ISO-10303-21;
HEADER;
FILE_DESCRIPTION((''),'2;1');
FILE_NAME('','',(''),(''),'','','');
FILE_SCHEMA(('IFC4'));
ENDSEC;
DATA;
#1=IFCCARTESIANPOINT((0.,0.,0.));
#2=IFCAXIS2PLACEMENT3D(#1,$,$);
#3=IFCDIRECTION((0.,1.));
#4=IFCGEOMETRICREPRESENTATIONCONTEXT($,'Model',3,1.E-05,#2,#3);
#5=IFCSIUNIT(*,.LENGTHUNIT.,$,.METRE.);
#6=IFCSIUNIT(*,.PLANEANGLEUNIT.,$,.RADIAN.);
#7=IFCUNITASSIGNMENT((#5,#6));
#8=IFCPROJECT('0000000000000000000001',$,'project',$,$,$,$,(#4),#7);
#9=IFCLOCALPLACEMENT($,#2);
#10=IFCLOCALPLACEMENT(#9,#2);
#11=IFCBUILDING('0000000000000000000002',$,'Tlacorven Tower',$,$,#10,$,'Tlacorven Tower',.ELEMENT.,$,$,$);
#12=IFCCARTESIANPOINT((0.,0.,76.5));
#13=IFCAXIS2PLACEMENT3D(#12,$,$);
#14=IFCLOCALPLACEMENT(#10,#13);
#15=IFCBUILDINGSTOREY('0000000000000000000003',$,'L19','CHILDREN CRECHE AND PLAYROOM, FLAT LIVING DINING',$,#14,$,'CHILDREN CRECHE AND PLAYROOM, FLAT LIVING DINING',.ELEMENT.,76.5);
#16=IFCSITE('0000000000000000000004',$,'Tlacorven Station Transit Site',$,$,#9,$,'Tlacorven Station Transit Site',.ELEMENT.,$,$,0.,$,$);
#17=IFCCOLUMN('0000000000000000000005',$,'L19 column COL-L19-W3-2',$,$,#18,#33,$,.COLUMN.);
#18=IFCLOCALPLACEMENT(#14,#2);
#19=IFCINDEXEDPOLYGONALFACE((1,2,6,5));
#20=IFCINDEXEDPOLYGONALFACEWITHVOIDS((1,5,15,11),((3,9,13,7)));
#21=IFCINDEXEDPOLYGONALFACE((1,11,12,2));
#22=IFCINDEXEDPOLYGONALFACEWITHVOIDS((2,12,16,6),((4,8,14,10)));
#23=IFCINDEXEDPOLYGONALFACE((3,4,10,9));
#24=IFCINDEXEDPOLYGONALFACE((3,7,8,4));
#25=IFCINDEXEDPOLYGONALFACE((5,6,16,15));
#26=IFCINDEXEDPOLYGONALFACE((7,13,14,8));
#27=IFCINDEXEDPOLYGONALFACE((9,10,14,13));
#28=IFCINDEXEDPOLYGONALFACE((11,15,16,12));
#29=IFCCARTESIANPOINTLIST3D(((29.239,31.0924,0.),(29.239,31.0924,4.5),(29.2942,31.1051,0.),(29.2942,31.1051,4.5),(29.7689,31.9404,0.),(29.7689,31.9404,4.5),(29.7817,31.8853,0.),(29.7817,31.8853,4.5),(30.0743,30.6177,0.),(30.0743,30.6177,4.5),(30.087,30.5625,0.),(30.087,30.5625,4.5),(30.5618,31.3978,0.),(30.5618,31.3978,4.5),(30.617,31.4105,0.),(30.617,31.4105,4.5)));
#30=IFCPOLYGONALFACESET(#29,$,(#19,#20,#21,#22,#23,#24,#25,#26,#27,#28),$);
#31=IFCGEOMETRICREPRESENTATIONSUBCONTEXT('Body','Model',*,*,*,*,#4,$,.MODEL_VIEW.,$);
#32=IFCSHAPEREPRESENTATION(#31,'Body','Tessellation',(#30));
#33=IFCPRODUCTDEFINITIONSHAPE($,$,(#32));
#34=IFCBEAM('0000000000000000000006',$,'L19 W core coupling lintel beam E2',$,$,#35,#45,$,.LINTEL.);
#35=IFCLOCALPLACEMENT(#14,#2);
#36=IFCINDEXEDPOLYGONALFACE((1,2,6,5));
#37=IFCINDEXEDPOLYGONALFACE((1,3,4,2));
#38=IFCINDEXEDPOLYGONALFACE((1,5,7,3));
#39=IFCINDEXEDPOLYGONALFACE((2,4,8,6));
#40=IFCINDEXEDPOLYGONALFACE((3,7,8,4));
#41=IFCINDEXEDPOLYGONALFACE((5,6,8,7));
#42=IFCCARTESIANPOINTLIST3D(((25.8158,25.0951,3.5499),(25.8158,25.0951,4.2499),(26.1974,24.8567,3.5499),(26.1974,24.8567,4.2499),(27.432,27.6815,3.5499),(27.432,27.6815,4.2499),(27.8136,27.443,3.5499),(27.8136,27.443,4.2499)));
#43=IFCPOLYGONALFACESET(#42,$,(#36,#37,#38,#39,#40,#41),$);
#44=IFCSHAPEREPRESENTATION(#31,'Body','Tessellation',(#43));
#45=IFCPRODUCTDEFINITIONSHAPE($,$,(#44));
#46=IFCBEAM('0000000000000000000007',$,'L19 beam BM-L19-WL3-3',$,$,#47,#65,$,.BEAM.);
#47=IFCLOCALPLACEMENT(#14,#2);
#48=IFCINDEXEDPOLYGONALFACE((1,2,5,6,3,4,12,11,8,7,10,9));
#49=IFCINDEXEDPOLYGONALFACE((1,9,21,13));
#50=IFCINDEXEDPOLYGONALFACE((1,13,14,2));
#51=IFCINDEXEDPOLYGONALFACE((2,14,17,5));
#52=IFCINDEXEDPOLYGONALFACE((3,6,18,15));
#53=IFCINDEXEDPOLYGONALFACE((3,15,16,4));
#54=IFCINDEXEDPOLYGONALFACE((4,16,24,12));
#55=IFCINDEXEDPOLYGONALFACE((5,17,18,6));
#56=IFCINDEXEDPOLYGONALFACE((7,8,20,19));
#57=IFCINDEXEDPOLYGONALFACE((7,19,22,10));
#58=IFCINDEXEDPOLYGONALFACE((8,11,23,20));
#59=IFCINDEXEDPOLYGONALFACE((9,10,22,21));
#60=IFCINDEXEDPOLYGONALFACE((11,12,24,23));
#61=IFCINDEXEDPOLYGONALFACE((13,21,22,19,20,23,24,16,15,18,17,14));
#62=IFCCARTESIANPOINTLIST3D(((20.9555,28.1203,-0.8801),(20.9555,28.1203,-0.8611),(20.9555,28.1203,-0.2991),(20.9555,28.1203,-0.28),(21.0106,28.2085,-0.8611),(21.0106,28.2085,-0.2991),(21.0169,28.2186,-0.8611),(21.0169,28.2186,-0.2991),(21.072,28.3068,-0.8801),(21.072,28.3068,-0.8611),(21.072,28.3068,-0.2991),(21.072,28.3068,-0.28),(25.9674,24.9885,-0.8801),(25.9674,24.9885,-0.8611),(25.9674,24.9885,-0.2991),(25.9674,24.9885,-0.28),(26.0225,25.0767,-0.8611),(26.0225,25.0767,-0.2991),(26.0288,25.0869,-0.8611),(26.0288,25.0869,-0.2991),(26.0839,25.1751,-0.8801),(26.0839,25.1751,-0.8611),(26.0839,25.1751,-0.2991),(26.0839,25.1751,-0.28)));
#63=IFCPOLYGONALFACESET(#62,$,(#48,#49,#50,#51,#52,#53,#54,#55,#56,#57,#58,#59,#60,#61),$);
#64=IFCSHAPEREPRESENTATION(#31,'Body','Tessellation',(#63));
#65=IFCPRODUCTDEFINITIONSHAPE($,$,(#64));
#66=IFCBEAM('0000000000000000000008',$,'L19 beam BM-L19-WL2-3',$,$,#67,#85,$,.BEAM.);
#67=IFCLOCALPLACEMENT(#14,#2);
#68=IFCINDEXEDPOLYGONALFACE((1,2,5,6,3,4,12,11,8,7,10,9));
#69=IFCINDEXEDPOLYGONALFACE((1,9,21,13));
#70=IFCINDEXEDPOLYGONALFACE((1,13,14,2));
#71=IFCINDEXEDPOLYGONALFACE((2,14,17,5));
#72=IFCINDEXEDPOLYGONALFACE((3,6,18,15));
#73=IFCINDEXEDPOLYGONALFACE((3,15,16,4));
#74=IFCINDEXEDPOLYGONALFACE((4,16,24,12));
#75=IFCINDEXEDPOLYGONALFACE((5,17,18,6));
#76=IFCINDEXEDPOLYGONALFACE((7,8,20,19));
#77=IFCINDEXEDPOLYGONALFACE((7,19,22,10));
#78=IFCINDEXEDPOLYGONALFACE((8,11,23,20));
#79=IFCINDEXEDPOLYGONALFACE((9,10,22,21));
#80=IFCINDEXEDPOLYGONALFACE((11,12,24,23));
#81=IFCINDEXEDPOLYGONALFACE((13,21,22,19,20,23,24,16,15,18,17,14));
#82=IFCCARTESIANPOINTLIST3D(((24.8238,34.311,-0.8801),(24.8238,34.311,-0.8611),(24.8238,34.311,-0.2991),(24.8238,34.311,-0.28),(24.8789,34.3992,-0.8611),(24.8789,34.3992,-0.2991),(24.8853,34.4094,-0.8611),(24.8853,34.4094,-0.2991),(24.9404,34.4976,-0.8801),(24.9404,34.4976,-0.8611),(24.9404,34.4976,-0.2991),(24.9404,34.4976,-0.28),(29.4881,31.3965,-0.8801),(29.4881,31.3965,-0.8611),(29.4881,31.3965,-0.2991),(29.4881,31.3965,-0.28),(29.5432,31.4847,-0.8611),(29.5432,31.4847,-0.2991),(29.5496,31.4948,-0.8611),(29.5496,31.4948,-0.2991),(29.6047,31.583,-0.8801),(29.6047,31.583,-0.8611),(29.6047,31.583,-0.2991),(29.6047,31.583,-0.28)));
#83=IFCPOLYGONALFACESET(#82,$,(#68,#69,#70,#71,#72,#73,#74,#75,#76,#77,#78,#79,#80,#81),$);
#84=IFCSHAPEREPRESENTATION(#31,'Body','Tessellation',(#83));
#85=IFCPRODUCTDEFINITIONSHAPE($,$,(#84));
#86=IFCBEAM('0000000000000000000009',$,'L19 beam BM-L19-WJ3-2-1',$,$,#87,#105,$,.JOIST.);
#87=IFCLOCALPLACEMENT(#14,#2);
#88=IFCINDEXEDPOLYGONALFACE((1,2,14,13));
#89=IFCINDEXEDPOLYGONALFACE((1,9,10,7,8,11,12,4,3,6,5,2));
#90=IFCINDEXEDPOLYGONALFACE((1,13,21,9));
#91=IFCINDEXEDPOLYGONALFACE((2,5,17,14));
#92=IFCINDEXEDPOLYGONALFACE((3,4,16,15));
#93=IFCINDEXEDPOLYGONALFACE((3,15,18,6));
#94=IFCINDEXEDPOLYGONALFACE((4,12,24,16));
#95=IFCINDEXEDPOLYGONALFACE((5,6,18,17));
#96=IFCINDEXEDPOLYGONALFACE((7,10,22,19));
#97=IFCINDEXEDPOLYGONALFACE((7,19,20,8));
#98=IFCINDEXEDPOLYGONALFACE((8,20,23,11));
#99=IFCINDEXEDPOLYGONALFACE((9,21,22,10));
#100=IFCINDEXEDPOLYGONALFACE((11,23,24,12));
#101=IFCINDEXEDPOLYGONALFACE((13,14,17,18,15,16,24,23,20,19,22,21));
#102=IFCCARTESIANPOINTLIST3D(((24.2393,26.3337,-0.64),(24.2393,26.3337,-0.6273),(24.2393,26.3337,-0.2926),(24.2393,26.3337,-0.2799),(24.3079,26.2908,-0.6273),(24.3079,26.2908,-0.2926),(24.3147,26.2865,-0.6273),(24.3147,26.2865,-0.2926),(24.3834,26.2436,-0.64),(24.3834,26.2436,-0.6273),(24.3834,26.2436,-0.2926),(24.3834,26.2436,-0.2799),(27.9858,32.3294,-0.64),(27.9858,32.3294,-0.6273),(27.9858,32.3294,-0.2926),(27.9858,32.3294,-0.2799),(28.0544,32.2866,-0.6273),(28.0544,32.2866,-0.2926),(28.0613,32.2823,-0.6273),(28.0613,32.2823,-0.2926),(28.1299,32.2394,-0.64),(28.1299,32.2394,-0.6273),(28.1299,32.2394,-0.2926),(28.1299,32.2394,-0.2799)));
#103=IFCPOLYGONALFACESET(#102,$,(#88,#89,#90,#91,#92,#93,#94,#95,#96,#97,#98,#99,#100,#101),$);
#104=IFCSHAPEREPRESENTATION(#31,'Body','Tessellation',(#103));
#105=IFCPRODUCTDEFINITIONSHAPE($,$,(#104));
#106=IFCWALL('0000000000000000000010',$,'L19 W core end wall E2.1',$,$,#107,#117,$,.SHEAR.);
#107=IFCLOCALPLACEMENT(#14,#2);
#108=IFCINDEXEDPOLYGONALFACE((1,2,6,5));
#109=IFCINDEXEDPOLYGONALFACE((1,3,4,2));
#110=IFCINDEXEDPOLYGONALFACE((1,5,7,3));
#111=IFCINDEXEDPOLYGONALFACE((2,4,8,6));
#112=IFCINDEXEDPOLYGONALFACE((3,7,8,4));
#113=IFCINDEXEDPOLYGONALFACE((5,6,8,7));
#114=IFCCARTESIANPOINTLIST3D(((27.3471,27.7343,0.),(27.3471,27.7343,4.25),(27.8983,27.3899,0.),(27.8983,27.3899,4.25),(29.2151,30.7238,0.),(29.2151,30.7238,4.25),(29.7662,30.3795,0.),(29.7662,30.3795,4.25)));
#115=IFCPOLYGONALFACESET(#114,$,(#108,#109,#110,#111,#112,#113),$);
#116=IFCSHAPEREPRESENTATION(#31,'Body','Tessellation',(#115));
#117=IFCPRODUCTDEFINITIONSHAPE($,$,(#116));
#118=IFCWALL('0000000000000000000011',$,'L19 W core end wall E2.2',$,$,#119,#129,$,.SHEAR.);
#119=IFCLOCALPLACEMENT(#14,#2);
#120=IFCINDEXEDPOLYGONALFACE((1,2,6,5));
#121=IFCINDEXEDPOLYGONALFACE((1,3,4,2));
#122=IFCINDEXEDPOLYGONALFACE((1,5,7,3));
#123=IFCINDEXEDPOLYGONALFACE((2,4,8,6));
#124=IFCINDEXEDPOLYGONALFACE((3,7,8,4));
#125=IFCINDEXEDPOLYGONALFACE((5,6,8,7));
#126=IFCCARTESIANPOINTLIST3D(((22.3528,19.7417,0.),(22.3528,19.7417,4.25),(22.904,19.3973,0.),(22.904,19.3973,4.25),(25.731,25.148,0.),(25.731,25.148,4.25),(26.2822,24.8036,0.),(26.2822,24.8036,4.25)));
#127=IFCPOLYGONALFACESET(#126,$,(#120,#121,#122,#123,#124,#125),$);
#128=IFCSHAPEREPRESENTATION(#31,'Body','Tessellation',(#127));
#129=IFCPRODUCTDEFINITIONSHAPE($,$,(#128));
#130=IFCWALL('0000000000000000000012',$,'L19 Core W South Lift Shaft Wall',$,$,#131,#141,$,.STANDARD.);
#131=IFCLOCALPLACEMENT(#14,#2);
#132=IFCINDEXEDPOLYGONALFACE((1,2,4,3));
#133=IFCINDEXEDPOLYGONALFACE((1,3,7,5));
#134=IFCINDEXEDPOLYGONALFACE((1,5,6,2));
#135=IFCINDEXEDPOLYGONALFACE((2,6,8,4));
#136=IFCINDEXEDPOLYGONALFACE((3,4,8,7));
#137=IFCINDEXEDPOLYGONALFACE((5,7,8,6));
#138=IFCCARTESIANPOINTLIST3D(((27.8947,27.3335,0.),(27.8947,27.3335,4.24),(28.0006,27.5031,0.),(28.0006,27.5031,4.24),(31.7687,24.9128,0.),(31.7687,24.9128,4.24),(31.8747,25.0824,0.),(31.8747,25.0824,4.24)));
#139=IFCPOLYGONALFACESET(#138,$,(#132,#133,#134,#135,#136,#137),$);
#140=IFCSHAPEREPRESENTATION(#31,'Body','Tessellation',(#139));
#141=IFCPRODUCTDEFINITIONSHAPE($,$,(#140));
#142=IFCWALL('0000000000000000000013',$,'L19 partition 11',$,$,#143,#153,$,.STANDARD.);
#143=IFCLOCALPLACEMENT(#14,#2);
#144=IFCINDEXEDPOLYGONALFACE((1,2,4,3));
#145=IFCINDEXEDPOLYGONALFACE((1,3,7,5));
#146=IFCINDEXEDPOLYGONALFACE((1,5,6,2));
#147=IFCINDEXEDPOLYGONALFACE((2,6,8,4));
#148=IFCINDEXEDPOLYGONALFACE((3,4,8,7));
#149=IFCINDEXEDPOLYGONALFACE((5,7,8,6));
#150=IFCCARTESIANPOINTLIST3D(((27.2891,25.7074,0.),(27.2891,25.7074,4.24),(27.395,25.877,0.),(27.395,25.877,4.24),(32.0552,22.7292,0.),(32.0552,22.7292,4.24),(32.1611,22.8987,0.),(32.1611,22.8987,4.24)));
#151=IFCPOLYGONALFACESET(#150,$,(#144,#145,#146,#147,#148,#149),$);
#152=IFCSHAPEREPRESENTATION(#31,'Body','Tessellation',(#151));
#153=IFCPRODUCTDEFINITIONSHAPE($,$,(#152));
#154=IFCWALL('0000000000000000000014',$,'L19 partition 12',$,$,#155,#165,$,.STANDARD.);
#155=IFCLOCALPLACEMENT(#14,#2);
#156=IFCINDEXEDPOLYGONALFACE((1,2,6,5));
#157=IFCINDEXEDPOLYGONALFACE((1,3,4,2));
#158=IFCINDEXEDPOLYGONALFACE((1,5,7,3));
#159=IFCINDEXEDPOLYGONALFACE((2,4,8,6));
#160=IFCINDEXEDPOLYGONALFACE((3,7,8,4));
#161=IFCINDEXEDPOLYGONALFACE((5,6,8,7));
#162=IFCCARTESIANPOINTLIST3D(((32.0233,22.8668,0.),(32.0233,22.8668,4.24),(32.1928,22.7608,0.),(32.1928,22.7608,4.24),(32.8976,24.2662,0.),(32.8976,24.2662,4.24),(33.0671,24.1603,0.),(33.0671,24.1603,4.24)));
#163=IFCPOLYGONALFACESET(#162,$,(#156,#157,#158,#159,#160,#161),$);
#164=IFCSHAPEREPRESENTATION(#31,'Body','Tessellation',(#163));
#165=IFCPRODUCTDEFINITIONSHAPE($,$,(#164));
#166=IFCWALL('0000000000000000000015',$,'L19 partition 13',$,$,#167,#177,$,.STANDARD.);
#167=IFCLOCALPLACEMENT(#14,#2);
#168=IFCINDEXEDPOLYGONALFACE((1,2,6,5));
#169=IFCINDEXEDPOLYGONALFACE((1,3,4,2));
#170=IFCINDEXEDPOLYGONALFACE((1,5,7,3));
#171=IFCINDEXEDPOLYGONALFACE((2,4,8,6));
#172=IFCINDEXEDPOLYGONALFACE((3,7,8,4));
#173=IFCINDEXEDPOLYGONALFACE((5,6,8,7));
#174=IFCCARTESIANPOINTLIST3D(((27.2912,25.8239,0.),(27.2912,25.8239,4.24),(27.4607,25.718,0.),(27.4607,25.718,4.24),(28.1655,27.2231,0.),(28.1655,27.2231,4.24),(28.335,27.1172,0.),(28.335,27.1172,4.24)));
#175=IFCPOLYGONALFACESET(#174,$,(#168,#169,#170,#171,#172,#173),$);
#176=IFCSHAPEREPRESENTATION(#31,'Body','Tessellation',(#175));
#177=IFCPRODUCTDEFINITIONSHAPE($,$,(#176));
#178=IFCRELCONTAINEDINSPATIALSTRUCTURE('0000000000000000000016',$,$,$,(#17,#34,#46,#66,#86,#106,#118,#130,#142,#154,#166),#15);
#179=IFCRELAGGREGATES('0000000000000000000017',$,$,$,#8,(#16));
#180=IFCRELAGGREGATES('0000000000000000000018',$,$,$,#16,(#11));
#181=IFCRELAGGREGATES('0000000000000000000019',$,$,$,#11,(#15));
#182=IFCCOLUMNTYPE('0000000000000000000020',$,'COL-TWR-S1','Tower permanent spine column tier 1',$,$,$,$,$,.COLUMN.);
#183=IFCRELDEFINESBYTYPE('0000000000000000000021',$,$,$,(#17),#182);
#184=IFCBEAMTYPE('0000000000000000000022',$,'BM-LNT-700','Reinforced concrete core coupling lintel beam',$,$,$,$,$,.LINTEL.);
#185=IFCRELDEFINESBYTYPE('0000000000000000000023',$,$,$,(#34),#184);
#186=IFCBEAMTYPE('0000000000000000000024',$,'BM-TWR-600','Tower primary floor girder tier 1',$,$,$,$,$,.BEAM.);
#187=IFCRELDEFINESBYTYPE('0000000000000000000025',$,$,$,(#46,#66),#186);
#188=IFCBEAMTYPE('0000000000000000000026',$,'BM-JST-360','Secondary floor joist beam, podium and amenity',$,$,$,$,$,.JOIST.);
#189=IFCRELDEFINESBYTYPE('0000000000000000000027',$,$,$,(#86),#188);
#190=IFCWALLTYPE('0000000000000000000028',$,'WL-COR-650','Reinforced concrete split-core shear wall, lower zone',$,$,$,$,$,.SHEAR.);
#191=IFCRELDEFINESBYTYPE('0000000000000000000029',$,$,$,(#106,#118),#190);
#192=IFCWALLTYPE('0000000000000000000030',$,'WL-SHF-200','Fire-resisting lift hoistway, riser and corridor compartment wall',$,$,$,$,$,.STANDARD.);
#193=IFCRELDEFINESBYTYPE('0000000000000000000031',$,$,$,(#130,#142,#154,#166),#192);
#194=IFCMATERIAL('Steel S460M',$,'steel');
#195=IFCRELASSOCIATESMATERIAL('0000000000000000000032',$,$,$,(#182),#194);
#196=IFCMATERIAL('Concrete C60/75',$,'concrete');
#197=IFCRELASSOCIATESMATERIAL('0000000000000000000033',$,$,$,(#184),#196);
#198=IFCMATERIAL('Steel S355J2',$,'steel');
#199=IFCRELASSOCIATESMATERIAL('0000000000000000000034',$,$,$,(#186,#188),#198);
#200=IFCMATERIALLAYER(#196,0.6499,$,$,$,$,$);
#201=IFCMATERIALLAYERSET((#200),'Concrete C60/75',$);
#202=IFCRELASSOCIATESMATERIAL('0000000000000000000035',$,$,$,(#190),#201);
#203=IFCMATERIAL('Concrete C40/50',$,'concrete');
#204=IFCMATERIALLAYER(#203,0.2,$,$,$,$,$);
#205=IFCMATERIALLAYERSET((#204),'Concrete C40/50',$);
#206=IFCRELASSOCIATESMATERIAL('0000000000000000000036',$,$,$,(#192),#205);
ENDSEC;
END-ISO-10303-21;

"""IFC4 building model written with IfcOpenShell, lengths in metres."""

from ifc_helpers import new_model, si_unit, direction, frame, frame_2d, origin, origin_2d, place, context, subcontext, project, spatial, rectangle, hollow_rectangle, i_section, extrude, source, transform, mapped, material, layer, layer_set, material_profile, profile_set, type_object, element, save


model = new_model("IFC4")

# Units and contexts
model_context = context("Model", 3, precision=1e-05, world=origin(), true_north=direction((0.0, 1.0)))
body_context = subcontext(model_context, "Body", "Model", "MODEL_VIEW")
ifc_project = project(units=[si_unit("LENGTHUNIT", "METRE"), si_unit("PLANEANGLEUNIT", "RADIAN")], contexts=[model_context])

# Site, building, storey
site_placement = place(None, origin())
site = spatial("IfcSite", under=ifc_project, at=site_placement, Name="Tlacorven Station Transit Site", LongName="Tlacorven Station Transit Site", CompositionType="ELEMENT", RefElevation=0.0)
building_placement = place(site_placement, origin())
building = spatial("IfcBuilding", under=site, at=building_placement, Name="Tlacorven Tower", LongName="Tlacorven Tower", CompositionType="ELEMENT")
storey_placement = place(building_placement, frame((0.0, 0.0, 76.5)))
storey = spatial("IfcBuildingStorey", under=building, at=storey_placement, Name="L19", Description="CHILDREN CRECHE AND PLAYROOM, FLAT LIVING DINING", LongName="CHILDREN CRECHE AND PLAYROOM, FLAT LIVING DINING", CompositionType="ELEMENT", Elevation=76.5)

# Column
ifc_material_1 = material(Name="Steel S460M", Category="steel")
ifc_material_profile_1 = material_profile(ifc_material_1, hollow_rectangle(XDim=1.0, YDim=1.0, WallThickness=0.04, at=origin_2d()), Name="BOX 1000X1000X40")
ifc_profile_set_1 = profile_set([ifc_material_profile_1], Name="Steel S460M")
column_type = type_object("IfcColumnType", Name="COL-TWR-S1", Description="Tower permanent spine column tier 1", PredefinedType="COLUMN", material=ifc_profile_set_1)
shared_shape_1 = source(origin(), body_context, "Body", "SweptSolid", [
    extrude(hollow_rectangle(XDim=1.0, YDim=1.0, WallThickness=0.04, at=origin_2d()), origin(), (0.0, 0.0, 1.0), 4.5),
])
column_placement = place(storey_placement, frame((29.928, 31.2515, 0.0), z_axis=(0.0, 0.0, 1.0), x_axis=(-0.848048, 0.529919, 0.0)))
element("IfcColumn", 1, at=column_placement, inside=storey, type_object=column_type, Name="L19 column COL-L19-W3-2", PredefinedType="COLUMN", context=body_context, shape_type="MappedRepresentation", body=[
    mapped(shared_shape_1, transform((0.0, 0.0, 0.0), scale=1.0)),
])

# Beams
ifc_material_2 = material(Name="Concrete C60/75", Category="concrete")
ifc_material_profile_2 = material_profile(ifc_material_2, rectangle(XDim=0.45, YDim=0.7, at=origin_2d()), Name="RC 450X700")
ifc_profile_set_2 = profile_set([ifc_material_profile_2], Name="Concrete C60/75")
beam_type_1 = type_object("IfcBeamType", Name="BM-LNT-700", Description="Reinforced concrete core coupling lintel beam", PredefinedType="LINTEL", material=ifc_profile_set_2)
shared_shape_2 = source(origin(), body_context, "Body", "SweptSolid", [
    extrude(rectangle(XDim=0.45, YDim=0.7, at=origin_2d()), origin(), (0.0, 0.0, 1.0), 3.0498),
])
beam_1_placement = place(storey_placement, frame((27.6228, 27.5623, 3.8999), z_axis=(-0.529927, -0.848043, 0.0), x_axis=(0.848043, -0.529927, 0.0)))
element("IfcBeam", 2, at=beam_1_placement, inside=storey, type_object=beam_type_1, Name="L19 W core coupling lintel beam E2", PredefinedType="LINTEL", context=body_context, shape_type="MappedRepresentation", body=[
    mapped(shared_shape_2, transform((0.0, 0.0, 0.0), scale=1.0)),
])
ifc_material_3 = material(Name="Steel S355J2", Category="steel")
ifc_material_profile_3 = material_profile(ifc_material_3, i_section(OverallWidth=0.22, OverallDepth=0.6001, WebThickness=0.012, FlangeThickness=0.019, at=origin_2d()), Name="IPE 600")
ifc_profile_set_3 = profile_set([ifc_material_profile_3], Name="Steel S355J2")
beam_type_2 = type_object("IfcBeamType", Name="BM-TWR-600", Description="Tower primary floor girder tier 1", PredefinedType="BEAM", material=ifc_profile_set_3)
shared_shape_3 = source(origin(), body_context, "Body", "SweptSolid", [
    extrude(i_section(OverallWidth=0.22, OverallDepth=0.6001, WebThickness=0.012, FlangeThickness=0.019, at=origin_2d()), origin(), (0.0, 0.0, 1.0), 5.9099),
])
beam_2_placement = place(storey_placement, frame((26.0256, 25.0818, -0.5801), z_axis=(-0.848047, 0.529921, 0.0), x_axis=(-0.529921, -0.848047, 0.0)))
element("IfcBeam", 3, at=beam_2_placement, inside=storey, type_object=beam_type_2, Name="L19 beam BM-L19-WL3-3", PredefinedType="BEAM", context=body_context, shape_type="MappedRepresentation", body=[
    mapped(shared_shape_3, transform((0.0, 0.0, 0.0), scale=1.0)),
])
shared_shape_4 = source(origin(), body_context, "Body", "SweptSolid", [
    extrude(i_section(OverallWidth=0.22, OverallDepth=0.6001, WebThickness=0.012, FlangeThickness=0.019, at=origin_2d()), origin(), (0.0, 0.0, 1.0), 5.5),
])
beam_3_placement = place(storey_placement, frame((29.5464, 31.4897, -0.5801), z_axis=(-0.848051, 0.529915, 0.0), x_axis=(-0.529915, -0.848051, 0.0)))
element("IfcBeam", 4, at=beam_3_placement, inside=storey, type_object=beam_type_2, Name="L19 beam BM-L19-WL2-3", PredefinedType="BEAM", context=body_context, shape_type="MappedRepresentation", body=[
    mapped(shared_shape_4, transform((0.0, 0.0, 0.0), scale=1.0)),
])
ifc_material_profile_4 = material_profile(ifc_material_3, i_section(OverallWidth=0.1699, OverallDepth=0.3601, WebThickness=0.0081, FlangeThickness=0.0127, at=origin_2d()), Name="IPE 360")
ifc_profile_set_4 = profile_set([ifc_material_profile_4], Name="Steel S355J2")
beam_type_3 = type_object("IfcBeamType", Name="BM-JST-360", Description="Secondary floor joist beam, podium and amenity", PredefinedType="JOIST", material=ifc_profile_set_4)
shared_shape_5 = source(origin(), body_context, "Body", "SweptSolid", [
    extrude(i_section(OverallWidth=0.1699, OverallDepth=0.3601, WebThickness=0.0081, FlangeThickness=0.0127, at=origin_2d()), origin(), (0.0, 0.0, 1.0), 7.0701),
])
beam_4_placement = place(storey_placement, frame((28.0579, 32.2844, -0.46), z_axis=(-0.529915, -0.848051, 0.0), x_axis=(0.848051, -0.529915, 0.0)))
element("IfcBeam", 5, at=beam_4_placement, inside=storey, type_object=beam_type_3, Name="L19 beam BM-L19-WJ3-2-1", PredefinedType="JOIST", context=body_context, shape_type="MappedRepresentation", body=[
    mapped(shared_shape_5, transform((0.0, 0.0, 0.0), scale=1.0)),
])

# Walls
ifc_layer_1 = layer(ifc_material_2, 0.6499)
ifc_layer_set_1 = layer_set([ifc_layer_1], Name="Concrete C60/75")
wall_type_1 = type_object("IfcWallType", Name="WL-COR-650", Description="Reinforced concrete split-core shear wall, lower zone", PredefinedType="SHEAR", material=ifc_layer_set_1)
wall_1_placement = place(storey_placement, frame((29.4907, 30.5518, 0.0), z_axis=(0.0, 0.0, 1.0), x_axis=(-0.529893, -0.848064, 0.0)))
element("IfcWall", 6, at=wall_1_placement, inside=storey, type_object=wall_type_1, Name="L19 W core end wall E2.1", PredefinedType="SHEAR", context=body_context, shape_type="SweptSolid", body=[
    extrude(rectangle(XDim=3.5251, YDim=0.6499, at=frame_2d((1.7627, 0.0))), origin(), (0.0, 0.0, 1.0), 4.25),
])
wall_2_placement = place(storey_placement, frame((26.0066, 24.9758, 0.0), z_axis=(0.0, 0.0, 1.0), x_axis=(-0.529916, -0.84805, 0.0)))
element("IfcWall", 7, at=wall_2_placement, inside=storey, type_object=wall_type_1, Name="L19 W core end wall E2.2", PredefinedType="SHEAR", context=body_context, shape_type="SweptSolid", body=[
    extrude(rectangle(XDim=6.375, YDim=0.6499, at=frame_2d((3.1875, 0.0))), origin(), (0.0, 0.0, 1.0), 4.25),
])
ifc_material_4 = material(Name="Concrete C40/50", Category="concrete")
ifc_layer_2 = layer(ifc_material_4, 0.2)
ifc_layer_set_2 = layer_set([ifc_layer_2], Name="Concrete C40/50")
wall_type_2 = type_object("IfcWallType", Name="WL-SHF-200", Description="Fire-resisting lift hoistway, riser and corridor compartment wall", PredefinedType="STANDARD", material=ifc_layer_set_2)
wall_3_placement = place(storey_placement, frame((31.8218, 24.9976, 0.0), z_axis=(0.0, 0.0, 1.0), x_axis=(-0.848058, 0.529903, 0.0)))
element("IfcWall", 8, at=wall_3_placement, inside=storey, type_object=wall_type_2, Name="L19 Core W South Lift Shaft Wall", PredefinedType="STANDARD", context=body_context, shape_type="SweptSolid", body=[
    extrude(rectangle(XDim=4.5681, YDim=0.2, at=frame_2d((2.2842, 0.0))), origin(), (0.0, 0.0, 1.0), 4.24),
])
wall_4_placement = place(storey_placement, frame((32.1082, 22.814, 0.0), z_axis=(0.0, 0.0, 1.0), x_axis=(-0.848042, 0.529929, 0.0)))
element("IfcWall", 9, at=wall_4_placement, inside=storey, type_object=wall_type_2, Name="L19 partition 11", PredefinedType="STANDARD", context=body_context, shape_type="SweptSolid", body=[
    extrude(rectangle(XDim=5.6201, YDim=0.2, at=frame_2d((2.8101, 0.0))), origin(), (0.0, 0.0, 1.0), 4.24),
])
wall_5_placement = place(storey_placement, frame((32.9824, 24.2134, 0.0), z_axis=(0.0, 0.0, 1.0), x_axis=(-0.529839, -0.848098, 0.0)))
element("IfcWall", 10, at=wall_5_placement, inside=storey, type_object=wall_type_2, Name="L19 partition 12", PredefinedType="STANDARD", context=body_context, shape_type="SweptSolid", body=[
    extrude(rectangle(XDim=1.6501, YDim=0.2, at=frame_2d((0.8252, 0.0))), origin(), (0.0, 0.0, 1.0), 4.24),
])
wall_6_placement = place(storey_placement, frame((28.2502, 27.1702, 0.0), z_axis=(0.0, 0.0, 1.0), x_axis=(-0.529906, -0.848056, 0.0)))
element("IfcWall", 11, at=wall_6_placement, inside=storey, type_object=wall_type_2, Name="L19 partition 13", PredefinedType="STANDARD", context=body_context, shape_type="SweptSolid", body=[
    extrude(rectangle(XDim=1.6499, YDim=0.2, at=frame_2d((0.825, 0.0))), origin(), (0.0, 0.0, 1.0), 4.24),
])

save(model, "model.ifc")
